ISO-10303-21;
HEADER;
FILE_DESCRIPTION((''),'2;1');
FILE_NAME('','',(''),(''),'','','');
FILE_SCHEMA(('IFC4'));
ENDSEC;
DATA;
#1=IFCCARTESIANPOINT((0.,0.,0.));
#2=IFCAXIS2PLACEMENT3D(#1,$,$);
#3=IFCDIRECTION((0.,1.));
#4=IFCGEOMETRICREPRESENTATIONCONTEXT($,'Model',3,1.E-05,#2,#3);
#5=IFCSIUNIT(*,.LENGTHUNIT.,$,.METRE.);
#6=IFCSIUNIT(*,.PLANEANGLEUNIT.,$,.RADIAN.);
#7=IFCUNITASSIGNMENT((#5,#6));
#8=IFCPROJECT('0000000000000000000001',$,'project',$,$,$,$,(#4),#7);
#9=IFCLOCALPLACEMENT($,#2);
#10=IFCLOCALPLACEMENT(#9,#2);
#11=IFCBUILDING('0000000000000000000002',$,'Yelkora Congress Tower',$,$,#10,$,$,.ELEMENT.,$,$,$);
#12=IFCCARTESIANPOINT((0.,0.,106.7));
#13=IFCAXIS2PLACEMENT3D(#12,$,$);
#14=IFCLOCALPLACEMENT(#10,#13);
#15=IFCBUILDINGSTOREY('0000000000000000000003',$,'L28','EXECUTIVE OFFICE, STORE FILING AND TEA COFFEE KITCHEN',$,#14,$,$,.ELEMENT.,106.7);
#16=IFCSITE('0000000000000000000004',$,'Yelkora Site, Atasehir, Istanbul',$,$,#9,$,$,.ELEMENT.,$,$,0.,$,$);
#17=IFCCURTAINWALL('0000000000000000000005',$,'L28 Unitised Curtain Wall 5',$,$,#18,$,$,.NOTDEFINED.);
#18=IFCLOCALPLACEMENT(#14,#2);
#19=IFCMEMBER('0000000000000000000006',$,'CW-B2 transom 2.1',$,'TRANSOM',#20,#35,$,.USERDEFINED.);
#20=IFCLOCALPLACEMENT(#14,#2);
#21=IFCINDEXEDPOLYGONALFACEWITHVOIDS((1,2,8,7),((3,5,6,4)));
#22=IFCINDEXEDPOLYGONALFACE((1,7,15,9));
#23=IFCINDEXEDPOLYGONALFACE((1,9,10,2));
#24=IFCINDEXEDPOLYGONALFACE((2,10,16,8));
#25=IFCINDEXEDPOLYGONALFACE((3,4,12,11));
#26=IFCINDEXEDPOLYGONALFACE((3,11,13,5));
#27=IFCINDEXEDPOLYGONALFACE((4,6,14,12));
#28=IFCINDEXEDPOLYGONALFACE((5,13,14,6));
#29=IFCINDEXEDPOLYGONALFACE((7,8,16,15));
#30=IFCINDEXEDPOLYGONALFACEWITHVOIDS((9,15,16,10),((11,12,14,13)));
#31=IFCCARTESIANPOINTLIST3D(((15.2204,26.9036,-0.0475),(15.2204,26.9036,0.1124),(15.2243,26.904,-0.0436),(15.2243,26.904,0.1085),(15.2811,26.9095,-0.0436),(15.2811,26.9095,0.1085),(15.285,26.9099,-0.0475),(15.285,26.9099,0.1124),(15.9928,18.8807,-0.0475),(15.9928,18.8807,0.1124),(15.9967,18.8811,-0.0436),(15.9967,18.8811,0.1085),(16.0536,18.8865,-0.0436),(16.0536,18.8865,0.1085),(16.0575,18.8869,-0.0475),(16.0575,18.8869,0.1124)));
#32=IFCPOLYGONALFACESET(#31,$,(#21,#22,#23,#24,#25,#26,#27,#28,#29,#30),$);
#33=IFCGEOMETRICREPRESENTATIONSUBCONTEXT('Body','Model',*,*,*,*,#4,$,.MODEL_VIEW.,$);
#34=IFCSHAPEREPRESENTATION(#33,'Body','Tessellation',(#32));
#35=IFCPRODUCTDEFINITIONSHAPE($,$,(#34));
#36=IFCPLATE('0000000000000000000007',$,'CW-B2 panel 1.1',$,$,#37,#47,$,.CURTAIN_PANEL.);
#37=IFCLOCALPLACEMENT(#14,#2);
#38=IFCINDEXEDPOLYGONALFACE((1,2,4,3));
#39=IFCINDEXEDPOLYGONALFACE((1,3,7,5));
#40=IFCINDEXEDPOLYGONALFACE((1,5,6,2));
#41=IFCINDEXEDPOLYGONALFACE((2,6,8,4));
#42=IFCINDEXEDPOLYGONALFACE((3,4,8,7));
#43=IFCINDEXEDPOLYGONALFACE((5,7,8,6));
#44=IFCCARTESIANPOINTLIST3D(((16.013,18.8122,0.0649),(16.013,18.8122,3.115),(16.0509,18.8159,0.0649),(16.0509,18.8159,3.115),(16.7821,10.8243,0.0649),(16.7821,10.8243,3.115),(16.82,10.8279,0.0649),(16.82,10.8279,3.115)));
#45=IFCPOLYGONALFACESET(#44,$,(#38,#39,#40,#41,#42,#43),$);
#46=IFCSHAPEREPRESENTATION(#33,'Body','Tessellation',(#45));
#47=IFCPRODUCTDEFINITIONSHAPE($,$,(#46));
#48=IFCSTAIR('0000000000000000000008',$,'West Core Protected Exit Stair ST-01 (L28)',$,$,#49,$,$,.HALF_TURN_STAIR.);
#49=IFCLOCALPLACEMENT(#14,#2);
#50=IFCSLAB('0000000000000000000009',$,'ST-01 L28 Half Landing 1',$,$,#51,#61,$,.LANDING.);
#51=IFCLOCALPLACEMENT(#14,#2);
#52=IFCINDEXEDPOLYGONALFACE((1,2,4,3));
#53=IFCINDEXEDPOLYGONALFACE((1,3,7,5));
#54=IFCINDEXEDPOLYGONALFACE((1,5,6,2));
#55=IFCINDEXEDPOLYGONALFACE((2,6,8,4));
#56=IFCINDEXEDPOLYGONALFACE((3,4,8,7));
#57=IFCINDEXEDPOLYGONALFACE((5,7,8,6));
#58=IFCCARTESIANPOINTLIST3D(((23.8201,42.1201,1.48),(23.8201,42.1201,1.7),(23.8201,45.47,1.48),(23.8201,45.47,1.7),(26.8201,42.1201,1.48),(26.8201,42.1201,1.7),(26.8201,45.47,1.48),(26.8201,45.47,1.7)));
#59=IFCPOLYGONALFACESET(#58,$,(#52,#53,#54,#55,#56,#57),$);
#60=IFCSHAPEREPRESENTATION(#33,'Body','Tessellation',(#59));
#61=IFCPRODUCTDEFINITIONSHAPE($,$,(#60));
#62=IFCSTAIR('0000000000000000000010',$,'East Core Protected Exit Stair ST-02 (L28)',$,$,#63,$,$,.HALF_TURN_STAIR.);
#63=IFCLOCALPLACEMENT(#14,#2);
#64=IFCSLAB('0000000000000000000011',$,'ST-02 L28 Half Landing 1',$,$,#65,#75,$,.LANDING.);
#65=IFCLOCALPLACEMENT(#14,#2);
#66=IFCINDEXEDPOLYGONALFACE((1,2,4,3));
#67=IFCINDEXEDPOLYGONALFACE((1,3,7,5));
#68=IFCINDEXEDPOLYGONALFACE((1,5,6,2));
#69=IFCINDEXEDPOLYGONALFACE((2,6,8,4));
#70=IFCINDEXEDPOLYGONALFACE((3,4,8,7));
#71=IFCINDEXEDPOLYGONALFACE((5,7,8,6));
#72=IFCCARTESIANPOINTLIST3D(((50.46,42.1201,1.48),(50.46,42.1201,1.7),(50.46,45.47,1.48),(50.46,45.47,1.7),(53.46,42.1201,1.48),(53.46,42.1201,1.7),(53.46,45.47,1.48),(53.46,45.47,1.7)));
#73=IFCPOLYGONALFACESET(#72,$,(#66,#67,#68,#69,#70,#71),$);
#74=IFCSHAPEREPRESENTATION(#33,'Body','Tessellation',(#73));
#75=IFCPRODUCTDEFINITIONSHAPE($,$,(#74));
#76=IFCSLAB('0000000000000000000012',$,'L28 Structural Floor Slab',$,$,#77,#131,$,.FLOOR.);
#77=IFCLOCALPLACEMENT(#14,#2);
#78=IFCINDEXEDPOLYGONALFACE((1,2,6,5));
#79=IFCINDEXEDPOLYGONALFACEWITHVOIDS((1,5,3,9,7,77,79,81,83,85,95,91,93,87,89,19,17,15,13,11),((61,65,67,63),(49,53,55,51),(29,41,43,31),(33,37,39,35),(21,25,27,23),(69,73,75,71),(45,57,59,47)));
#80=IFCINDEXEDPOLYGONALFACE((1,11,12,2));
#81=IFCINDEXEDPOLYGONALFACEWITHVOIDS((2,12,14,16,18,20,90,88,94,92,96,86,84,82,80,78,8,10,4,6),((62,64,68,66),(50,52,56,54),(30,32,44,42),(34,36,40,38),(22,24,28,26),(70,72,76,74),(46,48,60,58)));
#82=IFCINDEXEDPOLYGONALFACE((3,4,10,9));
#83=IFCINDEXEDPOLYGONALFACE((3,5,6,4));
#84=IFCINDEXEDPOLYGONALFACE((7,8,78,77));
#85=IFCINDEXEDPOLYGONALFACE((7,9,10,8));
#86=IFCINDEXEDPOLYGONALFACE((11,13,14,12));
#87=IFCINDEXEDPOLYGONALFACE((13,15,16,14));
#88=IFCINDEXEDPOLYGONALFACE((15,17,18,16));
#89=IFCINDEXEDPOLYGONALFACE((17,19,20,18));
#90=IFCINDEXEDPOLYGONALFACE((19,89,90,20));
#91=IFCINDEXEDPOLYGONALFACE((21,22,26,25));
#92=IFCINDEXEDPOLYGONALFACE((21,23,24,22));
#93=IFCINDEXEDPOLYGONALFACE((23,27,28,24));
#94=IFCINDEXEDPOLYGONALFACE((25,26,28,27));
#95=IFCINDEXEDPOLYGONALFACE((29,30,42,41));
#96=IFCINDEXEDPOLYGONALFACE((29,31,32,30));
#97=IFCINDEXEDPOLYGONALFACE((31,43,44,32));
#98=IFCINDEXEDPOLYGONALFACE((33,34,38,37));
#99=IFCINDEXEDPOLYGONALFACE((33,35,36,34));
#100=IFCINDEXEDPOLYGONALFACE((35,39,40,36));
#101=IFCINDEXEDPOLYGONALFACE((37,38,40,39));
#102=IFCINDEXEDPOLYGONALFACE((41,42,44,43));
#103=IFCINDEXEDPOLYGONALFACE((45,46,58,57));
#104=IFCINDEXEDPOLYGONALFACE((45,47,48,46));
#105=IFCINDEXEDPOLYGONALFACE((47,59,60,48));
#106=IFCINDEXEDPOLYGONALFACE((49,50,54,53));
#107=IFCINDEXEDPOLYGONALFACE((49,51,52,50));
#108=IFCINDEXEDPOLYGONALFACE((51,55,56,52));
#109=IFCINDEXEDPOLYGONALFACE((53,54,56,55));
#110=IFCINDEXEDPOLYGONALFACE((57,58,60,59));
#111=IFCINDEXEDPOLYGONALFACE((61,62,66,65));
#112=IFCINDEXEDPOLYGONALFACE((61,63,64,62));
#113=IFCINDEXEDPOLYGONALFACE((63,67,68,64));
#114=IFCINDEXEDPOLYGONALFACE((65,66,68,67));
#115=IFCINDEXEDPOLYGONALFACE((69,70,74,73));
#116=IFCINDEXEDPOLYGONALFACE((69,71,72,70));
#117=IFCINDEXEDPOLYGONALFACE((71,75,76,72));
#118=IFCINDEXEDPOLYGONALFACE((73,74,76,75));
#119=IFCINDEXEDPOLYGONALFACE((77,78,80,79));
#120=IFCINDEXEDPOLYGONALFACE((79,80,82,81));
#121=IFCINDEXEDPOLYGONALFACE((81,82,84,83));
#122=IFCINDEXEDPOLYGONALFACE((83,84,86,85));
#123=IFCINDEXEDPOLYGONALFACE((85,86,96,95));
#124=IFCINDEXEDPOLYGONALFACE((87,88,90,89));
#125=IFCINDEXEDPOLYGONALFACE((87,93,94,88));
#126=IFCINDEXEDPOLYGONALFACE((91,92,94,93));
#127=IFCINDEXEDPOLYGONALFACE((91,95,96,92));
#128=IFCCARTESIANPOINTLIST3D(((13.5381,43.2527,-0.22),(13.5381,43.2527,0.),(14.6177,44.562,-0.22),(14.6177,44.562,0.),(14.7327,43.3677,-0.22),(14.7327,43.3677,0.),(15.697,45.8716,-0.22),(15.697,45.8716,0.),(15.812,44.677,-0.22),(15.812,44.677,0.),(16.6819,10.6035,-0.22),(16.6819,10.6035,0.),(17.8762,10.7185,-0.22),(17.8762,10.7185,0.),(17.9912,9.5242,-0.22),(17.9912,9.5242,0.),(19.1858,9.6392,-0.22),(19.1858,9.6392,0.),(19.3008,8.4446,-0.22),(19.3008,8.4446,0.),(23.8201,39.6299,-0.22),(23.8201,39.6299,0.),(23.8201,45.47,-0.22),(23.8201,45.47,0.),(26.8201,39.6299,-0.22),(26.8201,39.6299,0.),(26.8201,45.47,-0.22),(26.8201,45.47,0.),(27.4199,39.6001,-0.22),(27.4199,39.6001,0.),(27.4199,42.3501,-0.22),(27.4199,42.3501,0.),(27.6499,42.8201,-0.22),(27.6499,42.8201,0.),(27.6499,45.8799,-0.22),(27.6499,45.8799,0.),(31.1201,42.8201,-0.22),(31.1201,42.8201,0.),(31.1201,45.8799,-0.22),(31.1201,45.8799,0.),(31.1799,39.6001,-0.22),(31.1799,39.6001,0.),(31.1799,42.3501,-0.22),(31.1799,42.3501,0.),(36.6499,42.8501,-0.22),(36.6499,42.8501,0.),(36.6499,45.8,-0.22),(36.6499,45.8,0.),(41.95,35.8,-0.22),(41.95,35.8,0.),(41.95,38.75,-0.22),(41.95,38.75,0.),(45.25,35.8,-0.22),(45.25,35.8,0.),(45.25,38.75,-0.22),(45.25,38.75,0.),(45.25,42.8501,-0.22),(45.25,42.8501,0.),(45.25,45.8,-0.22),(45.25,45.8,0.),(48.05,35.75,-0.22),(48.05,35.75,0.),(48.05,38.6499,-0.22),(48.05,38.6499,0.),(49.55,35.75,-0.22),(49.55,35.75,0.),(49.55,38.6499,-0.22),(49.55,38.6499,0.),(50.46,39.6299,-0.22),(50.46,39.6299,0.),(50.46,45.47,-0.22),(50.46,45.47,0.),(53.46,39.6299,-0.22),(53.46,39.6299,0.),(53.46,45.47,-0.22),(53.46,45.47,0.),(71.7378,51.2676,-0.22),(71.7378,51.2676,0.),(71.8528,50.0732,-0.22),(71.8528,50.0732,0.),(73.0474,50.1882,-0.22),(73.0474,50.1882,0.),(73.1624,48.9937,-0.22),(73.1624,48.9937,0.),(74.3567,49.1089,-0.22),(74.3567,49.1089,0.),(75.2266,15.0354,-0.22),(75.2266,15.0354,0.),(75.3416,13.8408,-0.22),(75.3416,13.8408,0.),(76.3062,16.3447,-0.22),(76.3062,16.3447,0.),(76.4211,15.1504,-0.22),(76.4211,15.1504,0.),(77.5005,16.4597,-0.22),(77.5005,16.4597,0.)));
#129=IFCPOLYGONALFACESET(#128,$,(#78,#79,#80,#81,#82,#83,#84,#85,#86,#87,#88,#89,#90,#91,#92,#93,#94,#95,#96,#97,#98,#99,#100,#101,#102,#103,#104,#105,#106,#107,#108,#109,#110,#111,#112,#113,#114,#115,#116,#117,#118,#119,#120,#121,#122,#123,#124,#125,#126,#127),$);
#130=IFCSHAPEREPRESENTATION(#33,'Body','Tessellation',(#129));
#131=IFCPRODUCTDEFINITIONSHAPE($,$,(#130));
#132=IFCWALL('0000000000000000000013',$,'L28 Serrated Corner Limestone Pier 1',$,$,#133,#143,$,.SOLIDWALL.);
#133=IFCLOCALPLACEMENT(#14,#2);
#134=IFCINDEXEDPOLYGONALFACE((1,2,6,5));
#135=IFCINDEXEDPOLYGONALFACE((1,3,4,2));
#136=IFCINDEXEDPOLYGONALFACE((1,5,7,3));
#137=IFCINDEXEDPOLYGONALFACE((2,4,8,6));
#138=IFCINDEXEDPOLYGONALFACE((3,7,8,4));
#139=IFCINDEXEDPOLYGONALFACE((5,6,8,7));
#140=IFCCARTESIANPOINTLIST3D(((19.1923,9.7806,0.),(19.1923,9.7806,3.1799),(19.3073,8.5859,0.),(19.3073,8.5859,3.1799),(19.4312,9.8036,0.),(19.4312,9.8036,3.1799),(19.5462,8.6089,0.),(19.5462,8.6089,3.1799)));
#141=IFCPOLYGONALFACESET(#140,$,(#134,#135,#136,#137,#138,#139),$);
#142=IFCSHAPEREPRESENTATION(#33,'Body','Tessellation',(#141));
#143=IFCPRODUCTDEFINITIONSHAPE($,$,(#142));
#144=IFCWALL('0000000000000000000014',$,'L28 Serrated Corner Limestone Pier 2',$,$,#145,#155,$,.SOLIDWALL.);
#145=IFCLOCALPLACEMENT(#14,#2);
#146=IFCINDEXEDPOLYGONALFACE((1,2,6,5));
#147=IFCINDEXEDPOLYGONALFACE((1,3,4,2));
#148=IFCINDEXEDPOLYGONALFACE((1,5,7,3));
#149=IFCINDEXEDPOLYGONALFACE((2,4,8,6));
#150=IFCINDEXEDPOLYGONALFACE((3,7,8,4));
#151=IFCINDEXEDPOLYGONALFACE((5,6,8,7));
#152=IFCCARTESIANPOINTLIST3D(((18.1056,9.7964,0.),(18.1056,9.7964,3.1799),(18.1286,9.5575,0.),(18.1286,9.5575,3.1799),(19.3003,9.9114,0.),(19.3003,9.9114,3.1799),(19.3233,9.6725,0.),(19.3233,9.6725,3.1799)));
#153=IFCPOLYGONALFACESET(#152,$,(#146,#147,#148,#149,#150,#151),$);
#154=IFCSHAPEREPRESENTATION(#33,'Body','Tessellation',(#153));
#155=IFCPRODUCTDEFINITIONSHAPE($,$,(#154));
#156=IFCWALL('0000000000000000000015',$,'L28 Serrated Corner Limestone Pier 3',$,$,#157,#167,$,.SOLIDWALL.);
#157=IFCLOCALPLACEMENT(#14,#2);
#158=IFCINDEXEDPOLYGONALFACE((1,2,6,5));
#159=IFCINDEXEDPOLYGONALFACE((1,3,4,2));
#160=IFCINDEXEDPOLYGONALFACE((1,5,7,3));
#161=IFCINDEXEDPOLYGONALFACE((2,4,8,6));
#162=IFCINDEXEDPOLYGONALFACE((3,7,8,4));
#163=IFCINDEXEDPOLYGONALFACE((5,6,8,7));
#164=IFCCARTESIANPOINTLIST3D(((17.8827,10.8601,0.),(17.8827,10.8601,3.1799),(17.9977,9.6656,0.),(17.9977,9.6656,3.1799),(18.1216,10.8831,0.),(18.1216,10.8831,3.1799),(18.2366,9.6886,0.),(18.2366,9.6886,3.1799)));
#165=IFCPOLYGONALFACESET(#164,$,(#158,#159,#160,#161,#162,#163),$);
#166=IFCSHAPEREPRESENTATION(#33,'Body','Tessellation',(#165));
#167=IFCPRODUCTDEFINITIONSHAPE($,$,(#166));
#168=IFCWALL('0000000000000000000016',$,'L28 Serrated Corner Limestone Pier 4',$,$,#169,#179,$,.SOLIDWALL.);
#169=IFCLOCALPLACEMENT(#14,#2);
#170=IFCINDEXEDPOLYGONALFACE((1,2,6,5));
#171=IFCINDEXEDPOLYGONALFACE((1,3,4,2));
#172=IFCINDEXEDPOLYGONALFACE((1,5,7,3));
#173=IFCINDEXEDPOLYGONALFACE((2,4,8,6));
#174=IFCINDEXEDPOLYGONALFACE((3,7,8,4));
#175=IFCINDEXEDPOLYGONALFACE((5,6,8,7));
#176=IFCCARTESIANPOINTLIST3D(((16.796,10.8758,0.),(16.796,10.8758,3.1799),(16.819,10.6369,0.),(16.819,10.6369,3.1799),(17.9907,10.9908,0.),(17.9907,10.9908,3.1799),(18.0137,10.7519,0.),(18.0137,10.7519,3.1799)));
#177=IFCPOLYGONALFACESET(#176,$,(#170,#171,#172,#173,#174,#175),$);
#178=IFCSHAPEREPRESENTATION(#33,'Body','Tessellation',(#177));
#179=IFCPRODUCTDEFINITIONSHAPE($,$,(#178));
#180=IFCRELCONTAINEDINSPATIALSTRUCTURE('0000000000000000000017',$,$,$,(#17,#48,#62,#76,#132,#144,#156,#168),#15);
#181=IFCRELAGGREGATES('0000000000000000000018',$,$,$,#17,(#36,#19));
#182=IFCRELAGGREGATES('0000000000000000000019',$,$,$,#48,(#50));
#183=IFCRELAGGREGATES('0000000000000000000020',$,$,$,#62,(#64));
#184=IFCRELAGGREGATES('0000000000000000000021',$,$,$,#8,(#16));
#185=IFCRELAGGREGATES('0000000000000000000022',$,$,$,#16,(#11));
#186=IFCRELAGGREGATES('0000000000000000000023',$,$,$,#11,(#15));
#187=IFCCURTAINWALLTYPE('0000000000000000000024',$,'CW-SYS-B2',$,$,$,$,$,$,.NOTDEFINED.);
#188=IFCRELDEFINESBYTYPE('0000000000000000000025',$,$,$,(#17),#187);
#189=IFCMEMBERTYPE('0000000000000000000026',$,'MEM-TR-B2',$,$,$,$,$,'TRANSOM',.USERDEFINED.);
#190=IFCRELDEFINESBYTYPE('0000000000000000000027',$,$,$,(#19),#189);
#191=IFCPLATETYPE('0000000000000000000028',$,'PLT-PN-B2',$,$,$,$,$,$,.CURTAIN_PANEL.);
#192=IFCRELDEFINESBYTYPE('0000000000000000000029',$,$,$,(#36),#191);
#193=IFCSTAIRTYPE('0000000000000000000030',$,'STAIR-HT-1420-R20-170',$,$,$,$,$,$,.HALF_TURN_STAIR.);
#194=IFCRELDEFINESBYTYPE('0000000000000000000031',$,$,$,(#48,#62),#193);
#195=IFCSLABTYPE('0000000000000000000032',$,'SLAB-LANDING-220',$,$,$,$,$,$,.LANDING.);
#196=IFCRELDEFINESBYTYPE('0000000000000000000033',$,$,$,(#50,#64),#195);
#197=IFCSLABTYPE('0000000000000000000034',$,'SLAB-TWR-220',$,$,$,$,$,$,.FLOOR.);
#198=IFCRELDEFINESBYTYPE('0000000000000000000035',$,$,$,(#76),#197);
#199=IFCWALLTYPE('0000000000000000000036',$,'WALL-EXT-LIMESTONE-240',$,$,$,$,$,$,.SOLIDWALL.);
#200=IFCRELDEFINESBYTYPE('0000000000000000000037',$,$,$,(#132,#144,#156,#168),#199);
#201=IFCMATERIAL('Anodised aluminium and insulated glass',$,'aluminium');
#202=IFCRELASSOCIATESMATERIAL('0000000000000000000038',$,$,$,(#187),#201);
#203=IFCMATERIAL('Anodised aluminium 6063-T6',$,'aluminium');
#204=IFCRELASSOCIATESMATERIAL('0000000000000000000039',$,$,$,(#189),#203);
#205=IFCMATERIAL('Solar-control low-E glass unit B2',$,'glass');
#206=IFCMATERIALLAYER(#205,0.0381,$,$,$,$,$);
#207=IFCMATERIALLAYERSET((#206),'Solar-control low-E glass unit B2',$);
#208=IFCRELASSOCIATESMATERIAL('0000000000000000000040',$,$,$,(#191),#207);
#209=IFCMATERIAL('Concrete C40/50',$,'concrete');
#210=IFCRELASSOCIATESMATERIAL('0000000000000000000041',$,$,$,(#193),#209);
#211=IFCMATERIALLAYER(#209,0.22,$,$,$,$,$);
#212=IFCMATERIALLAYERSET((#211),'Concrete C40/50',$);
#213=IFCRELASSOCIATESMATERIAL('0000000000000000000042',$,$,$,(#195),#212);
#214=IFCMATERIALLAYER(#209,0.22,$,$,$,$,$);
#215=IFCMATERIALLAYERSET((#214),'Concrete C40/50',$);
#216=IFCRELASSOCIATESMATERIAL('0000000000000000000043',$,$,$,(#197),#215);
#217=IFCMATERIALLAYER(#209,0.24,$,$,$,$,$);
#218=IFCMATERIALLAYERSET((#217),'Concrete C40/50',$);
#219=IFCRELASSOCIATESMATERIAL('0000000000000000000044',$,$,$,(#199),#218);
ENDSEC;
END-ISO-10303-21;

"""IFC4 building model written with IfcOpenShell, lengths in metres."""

from ifc_helpers import new_model, si_unit, direction, frame, frame_2d, origin, origin_2d, place, context, subcontext, project, spatial, polyline, rectangle, hollow_rectangle, outline, extrude, material, layer, layer_set, material_profile, profile_set, type_object, element, aggregate, save


model = new_model("IFC4")

# Units and contexts
model_context = context("Model", 3, precision=1e-05, world=origin(), true_north=direction((0.0, 1.0)))
body_context = subcontext(model_context, "Body", "Model", "MODEL_VIEW")
ifc_project = project(units=[si_unit("LENGTHUNIT", "METRE"), si_unit("PLANEANGLEUNIT", "RADIAN")], contexts=[model_context])

# Site, building, storey
site_placement = place(None, origin())
site = spatial("IfcSite", under=ifc_project, at=site_placement, Name="Yelkora Site, Atasehir, Istanbul", CompositionType="ELEMENT", RefElevation=0.0)
building_placement = place(site_placement, origin())
building = spatial("IfcBuilding", under=site, at=building_placement, Name="Yelkora Congress Tower", CompositionType="ELEMENT")
storey_placement = place(building_placement, frame((0.0, 0.0, 106.7)))
storey = spatial("IfcBuildingStorey", under=building, at=storey_placement, Name="L28", Description="EXECUTIVE OFFICE, STORE FILING AND TEA COFFEE KITCHEN", CompositionType="ELEMENT", Elevation=106.7)

# Curtain wall
ifc_material_1 = material(Name="Anodised aluminium and insulated glass", Category="aluminium")
curtain_wall_type = type_object("IfcCurtainWallType", Name="CW-SYS-B2", PredefinedType="NOTDEFINED", material=ifc_material_1)
curtain_wall_1_placement = place(storey_placement, origin())
curtain_wall_1 = element("IfcCurtainWall", 1, at=curtain_wall_1_placement, inside=storey, type_object=curtain_wall_type, Name="L28 Unitised Curtain Wall 5", PredefinedType="NOTDEFINED")
ifc_material_2 = material(Name="Anodised aluminium 6063-T6", Category="aluminium")

# Member
ifc_material_profile_1 = material_profile(ifc_material_2, hollow_rectangle(XDim=0.0649, YDim=0.1599, WallThickness=0.0039, at=origin_2d()), Name="ALU 65x160x4")
ifc_profile_set_1 = profile_set([ifc_material_profile_1], Name="Anodised aluminium 6063-T6")
member_type_1 = type_object("IfcMemberType", Name="MEM-TR-B2", ElementType="TRANSOM", PredefinedType="USERDEFINED", material=ifc_profile_set_1)
member_1_placement = place(storey_placement, frame((16.0251, 18.8838, 0.0325), z_axis=(-0.095838, 0.995397, 0.0), x_axis=(-0.995397, -0.095838, 0.0)))
member_1 = element("IfcMember", 2, at=member_1_placement, type_object=member_type_1, Name="CW-B2 transom 2.1", ObjectType="TRANSOM", PredefinedType="USERDEFINED", context=body_context, shape_type="SweptSolid", body=[
    extrude(hollow_rectangle(XDim=0.0649, YDim=0.1599, WallThickness=0.0039, at=origin_2d()), origin(), (0.0, 0.0, 1.0), 8.0601),
])

# Plate
ifc_material_3 = material(Name="Solar-control low-E glass unit B2", Category="glass")
ifc_layer_1 = layer(ifc_material_3, 0.0381)
ifc_layer_set_1 = layer_set([ifc_layer_1], Name="Solar-control low-E glass unit B2")
plate_type = type_object("IfcPlateType", Name="PLT-PN-B2", PredefinedType="CURTAIN_PANEL", material=ifc_layer_set_1)
plate_placement = place(storey_placement, frame((16.4165, 14.8201, 0.0649), z_axis=(0.0, 0.0, 1.0), x_axis=(-0.095843, 0.995397, 0.0)))
plate = element("IfcPlate", 3, at=plate_placement, type_object=plate_type, Name="CW-B2 panel 1.1", PredefinedType="CURTAIN_PANEL", context=body_context, shape_type="SweptSolid", body=[
    extrude(rectangle(XDim=8.0249, YDim=0.0381, at=origin_2d()), origin(), (0.0, 0.0, 1.0), 3.05),
])
aggregate(curtain_wall_1, [plate, member_1])

# Stairs, slabs
ifc_material_4 = material(Name="Concrete C40/50", Category="concrete")
stair_type = type_object("IfcStairType", Name="STAIR-HT-1420-R20-170", PredefinedType="HALF_TURN_STAIR", material=ifc_material_4)
stair_1_placement = place(storey_placement, origin())
stair_1 = element("IfcStair", 4, at=stair_1_placement, inside=storey, type_object=stair_type, Name="West Core Protected Exit Stair ST-01 (L28)", PredefinedType="HALF_TURN_STAIR")
ifc_layer_2 = layer(ifc_material_4, 0.22)
ifc_layer_set_2 = layer_set([ifc_layer_2], Name="Concrete C40/50")
slab_type_1 = type_object("IfcSlabType", Name="SLAB-LANDING-220", PredefinedType="LANDING", material=ifc_layer_set_2)
slab_1_placement = place(storey_placement, frame((0.0, 0.0, 1.48)))
slab_1 = element("IfcSlab", 5, at=slab_1_placement, type_object=slab_type_1, Name="ST-01 L28 Half Landing 1", PredefinedType="LANDING", context=body_context, shape_type="SweptSolid", body=[
    extrude(outline(polyline([(26.8201, 42.1201), (26.8201, 45.47), (23.8201, 45.47), (23.8201, 42.1201), (26.8201, 42.1201)])), origin(), (0.0, 0.0, 1.0), 0.22),
])
aggregate(stair_1, [slab_1])
stair_2_placement = place(storey_placement, origin())
stair_2 = element("IfcStair", 6, at=stair_2_placement, inside=storey, type_object=stair_type, Name="East Core Protected Exit Stair ST-02 (L28)", PredefinedType="HALF_TURN_STAIR")
slab_2_placement = place(storey_placement, frame((0.0, 0.0, 1.48)))
slab_2 = element("IfcSlab", 7, at=slab_2_placement, type_object=slab_type_1, Name="ST-02 L28 Half Landing 1", PredefinedType="LANDING", context=body_context, shape_type="SweptSolid", body=[
    extrude(outline(polyline([(53.46, 42.1201), (53.46, 45.47), (50.46, 45.47), (50.46, 42.1201), (53.46, 42.1201)])), origin(), (0.0, 0.0, 1.0), 0.22),
])
aggregate(stair_2, [slab_2])

# Slab
ifc_layer_3 = layer(ifc_material_4, 0.22)
ifc_layer_set_3 = layer_set([ifc_layer_3], Name="Concrete C40/50")
slab_type_2 = type_object("IfcSlabType", Name="SLAB-TWR-220", PredefinedType="FLOOR", material=ifc_layer_set_3)
slab_3_placement = place(storey_placement, frame((0.0, 0.0, -0.22)))
element("IfcSlab", 8, at=slab_3_placement, inside=storey, type_object=slab_type_2, Name="L28 Structural Floor Slab", PredefinedType="FLOOR", context=body_context, shape_type="SweptSolid", body=[
    extrude(outline(polyline([(19.3008, 8.4446), (75.3416, 13.8408), (75.2266, 15.0354), (76.4211, 15.1504), (76.3062, 16.3447), (77.5005, 16.4597), (74.3567, 49.1089), (73.1624, 48.9937), (73.0474, 50.1882), (71.8528, 50.0732), (71.7378, 51.2676), (15.697, 45.8716), (15.812, 44.677), (14.6177, 44.562), (14.7327, 43.3677), (13.5381, 43.2527), (16.6819, 10.6035), (17.8762, 10.7185), (17.9912, 9.5242), (19.1858, 9.6392), (19.3008, 8.4446)]), holes=[polyline([(23.8201, 39.6299), (26.8201, 39.6299), (26.8201, 45.47), (23.8201, 45.47), (23.8201, 39.6299)]), polyline([(50.46, 39.6299), (53.46, 39.6299), (53.46, 45.47), (50.46, 45.47), (50.46, 39.6299)]), polyline([(48.05, 35.75), (49.55, 35.75), (49.55, 38.6499), (48.05, 38.6499), (48.05, 35.75)]), polyline([(36.6499, 42.8501), (45.25, 42.8501), (45.25, 45.8), (36.6499, 45.8), (36.6499, 42.8501)]), polyline([(41.95, 35.8), (45.25, 35.8), (45.25, 38.75), (41.95, 38.75), (41.95, 35.8)]), polyline([(27.4199, 39.6001), (31.1799, 39.6001), (31.1799, 42.3501), (27.4199, 42.3501), (27.4199, 39.6001)]), polyline([(27.6499, 42.8201), (31.1201, 42.8201), (31.1201, 45.8799), (27.6499, 45.8799), (27.6499, 42.8201)])]), origin(), (0.0, 0.0, 1.0), 0.22),
])

# Walls
ifc_layer_4 = layer(ifc_material_4, 0.24)
ifc_layer_set_4 = layer_set([ifc_layer_4], Name="Concrete C40/50")
wall_type = type_object("IfcWallType", Name="WALL-EXT-LIMESTONE-240", PredefinedType="SOLIDWALL", material=ifc_layer_set_4)
for number, where, z_axis, x_axis, name in (
    (9, (19.4268, 8.5974, 0.0), (0.0, 0.0, 1.0), (-0.095817, 0.995399, 0.0), "L28 Serrated Corner Limestone Pier 1"),
    (10, (19.3118, 9.792, 0.0), (0.0, 0.0, 1.0), (-0.995399, -0.095817, 0.0), "L28 Serrated Corner Limestone Pier 2"),
):
    element("IfcWall", number, at=place(storey_placement, frame(where, z_axis=z_axis, x_axis=x_axis)), inside=storey, type_object=wall_type, Name=name, PredefinedType="SOLIDWALL", context=body_context, shape_type="SweptSolid", body=[
        extrude(rectangle(XDim=1.2002, YDim=0.24, at=frame_2d((0.6001, 0.0))), origin(), (0.0, 0.0, 1.0), 3.1799),
    ])
wall_1_placement = place(storey_placement, frame((18.1172, 9.677, 0.0), z_axis=(0.0, 0.0, 1.0), x_axis=(-0.095836, 0.995397, 0.0)))
element("IfcWall", 11, at=wall_1_placement, inside=storey, type_object=wall_type, Name="L28 Serrated Corner Limestone Pier 3", PredefinedType="SOLIDWALL", context=body_context, shape_type="SweptSolid", body=[
    extrude(rectangle(XDim=1.2, YDim=0.24, at=frame_2d((0.6001, 0.0))), origin(), (0.0, 0.0, 1.0), 3.1799),
])
wall_2_placement = place(storey_placement, frame((18.0022, 10.8713, 0.0), z_axis=(0.0, 0.0, 1.0), x_axis=(-0.995399, -0.095817, 0.0)))
element("IfcWall", 12, at=wall_2_placement, inside=storey, type_object=wall_type, Name="L28 Serrated Corner Limestone Pier 4", PredefinedType="SOLIDWALL", context=body_context, shape_type="SweptSolid", body=[
    extrude(rectangle(XDim=1.2002, YDim=0.24, at=frame_2d((0.6001, 0.0))), origin(), (0.0, 0.0, 1.0), 3.1799),
])

save(model, "model.ifc")
